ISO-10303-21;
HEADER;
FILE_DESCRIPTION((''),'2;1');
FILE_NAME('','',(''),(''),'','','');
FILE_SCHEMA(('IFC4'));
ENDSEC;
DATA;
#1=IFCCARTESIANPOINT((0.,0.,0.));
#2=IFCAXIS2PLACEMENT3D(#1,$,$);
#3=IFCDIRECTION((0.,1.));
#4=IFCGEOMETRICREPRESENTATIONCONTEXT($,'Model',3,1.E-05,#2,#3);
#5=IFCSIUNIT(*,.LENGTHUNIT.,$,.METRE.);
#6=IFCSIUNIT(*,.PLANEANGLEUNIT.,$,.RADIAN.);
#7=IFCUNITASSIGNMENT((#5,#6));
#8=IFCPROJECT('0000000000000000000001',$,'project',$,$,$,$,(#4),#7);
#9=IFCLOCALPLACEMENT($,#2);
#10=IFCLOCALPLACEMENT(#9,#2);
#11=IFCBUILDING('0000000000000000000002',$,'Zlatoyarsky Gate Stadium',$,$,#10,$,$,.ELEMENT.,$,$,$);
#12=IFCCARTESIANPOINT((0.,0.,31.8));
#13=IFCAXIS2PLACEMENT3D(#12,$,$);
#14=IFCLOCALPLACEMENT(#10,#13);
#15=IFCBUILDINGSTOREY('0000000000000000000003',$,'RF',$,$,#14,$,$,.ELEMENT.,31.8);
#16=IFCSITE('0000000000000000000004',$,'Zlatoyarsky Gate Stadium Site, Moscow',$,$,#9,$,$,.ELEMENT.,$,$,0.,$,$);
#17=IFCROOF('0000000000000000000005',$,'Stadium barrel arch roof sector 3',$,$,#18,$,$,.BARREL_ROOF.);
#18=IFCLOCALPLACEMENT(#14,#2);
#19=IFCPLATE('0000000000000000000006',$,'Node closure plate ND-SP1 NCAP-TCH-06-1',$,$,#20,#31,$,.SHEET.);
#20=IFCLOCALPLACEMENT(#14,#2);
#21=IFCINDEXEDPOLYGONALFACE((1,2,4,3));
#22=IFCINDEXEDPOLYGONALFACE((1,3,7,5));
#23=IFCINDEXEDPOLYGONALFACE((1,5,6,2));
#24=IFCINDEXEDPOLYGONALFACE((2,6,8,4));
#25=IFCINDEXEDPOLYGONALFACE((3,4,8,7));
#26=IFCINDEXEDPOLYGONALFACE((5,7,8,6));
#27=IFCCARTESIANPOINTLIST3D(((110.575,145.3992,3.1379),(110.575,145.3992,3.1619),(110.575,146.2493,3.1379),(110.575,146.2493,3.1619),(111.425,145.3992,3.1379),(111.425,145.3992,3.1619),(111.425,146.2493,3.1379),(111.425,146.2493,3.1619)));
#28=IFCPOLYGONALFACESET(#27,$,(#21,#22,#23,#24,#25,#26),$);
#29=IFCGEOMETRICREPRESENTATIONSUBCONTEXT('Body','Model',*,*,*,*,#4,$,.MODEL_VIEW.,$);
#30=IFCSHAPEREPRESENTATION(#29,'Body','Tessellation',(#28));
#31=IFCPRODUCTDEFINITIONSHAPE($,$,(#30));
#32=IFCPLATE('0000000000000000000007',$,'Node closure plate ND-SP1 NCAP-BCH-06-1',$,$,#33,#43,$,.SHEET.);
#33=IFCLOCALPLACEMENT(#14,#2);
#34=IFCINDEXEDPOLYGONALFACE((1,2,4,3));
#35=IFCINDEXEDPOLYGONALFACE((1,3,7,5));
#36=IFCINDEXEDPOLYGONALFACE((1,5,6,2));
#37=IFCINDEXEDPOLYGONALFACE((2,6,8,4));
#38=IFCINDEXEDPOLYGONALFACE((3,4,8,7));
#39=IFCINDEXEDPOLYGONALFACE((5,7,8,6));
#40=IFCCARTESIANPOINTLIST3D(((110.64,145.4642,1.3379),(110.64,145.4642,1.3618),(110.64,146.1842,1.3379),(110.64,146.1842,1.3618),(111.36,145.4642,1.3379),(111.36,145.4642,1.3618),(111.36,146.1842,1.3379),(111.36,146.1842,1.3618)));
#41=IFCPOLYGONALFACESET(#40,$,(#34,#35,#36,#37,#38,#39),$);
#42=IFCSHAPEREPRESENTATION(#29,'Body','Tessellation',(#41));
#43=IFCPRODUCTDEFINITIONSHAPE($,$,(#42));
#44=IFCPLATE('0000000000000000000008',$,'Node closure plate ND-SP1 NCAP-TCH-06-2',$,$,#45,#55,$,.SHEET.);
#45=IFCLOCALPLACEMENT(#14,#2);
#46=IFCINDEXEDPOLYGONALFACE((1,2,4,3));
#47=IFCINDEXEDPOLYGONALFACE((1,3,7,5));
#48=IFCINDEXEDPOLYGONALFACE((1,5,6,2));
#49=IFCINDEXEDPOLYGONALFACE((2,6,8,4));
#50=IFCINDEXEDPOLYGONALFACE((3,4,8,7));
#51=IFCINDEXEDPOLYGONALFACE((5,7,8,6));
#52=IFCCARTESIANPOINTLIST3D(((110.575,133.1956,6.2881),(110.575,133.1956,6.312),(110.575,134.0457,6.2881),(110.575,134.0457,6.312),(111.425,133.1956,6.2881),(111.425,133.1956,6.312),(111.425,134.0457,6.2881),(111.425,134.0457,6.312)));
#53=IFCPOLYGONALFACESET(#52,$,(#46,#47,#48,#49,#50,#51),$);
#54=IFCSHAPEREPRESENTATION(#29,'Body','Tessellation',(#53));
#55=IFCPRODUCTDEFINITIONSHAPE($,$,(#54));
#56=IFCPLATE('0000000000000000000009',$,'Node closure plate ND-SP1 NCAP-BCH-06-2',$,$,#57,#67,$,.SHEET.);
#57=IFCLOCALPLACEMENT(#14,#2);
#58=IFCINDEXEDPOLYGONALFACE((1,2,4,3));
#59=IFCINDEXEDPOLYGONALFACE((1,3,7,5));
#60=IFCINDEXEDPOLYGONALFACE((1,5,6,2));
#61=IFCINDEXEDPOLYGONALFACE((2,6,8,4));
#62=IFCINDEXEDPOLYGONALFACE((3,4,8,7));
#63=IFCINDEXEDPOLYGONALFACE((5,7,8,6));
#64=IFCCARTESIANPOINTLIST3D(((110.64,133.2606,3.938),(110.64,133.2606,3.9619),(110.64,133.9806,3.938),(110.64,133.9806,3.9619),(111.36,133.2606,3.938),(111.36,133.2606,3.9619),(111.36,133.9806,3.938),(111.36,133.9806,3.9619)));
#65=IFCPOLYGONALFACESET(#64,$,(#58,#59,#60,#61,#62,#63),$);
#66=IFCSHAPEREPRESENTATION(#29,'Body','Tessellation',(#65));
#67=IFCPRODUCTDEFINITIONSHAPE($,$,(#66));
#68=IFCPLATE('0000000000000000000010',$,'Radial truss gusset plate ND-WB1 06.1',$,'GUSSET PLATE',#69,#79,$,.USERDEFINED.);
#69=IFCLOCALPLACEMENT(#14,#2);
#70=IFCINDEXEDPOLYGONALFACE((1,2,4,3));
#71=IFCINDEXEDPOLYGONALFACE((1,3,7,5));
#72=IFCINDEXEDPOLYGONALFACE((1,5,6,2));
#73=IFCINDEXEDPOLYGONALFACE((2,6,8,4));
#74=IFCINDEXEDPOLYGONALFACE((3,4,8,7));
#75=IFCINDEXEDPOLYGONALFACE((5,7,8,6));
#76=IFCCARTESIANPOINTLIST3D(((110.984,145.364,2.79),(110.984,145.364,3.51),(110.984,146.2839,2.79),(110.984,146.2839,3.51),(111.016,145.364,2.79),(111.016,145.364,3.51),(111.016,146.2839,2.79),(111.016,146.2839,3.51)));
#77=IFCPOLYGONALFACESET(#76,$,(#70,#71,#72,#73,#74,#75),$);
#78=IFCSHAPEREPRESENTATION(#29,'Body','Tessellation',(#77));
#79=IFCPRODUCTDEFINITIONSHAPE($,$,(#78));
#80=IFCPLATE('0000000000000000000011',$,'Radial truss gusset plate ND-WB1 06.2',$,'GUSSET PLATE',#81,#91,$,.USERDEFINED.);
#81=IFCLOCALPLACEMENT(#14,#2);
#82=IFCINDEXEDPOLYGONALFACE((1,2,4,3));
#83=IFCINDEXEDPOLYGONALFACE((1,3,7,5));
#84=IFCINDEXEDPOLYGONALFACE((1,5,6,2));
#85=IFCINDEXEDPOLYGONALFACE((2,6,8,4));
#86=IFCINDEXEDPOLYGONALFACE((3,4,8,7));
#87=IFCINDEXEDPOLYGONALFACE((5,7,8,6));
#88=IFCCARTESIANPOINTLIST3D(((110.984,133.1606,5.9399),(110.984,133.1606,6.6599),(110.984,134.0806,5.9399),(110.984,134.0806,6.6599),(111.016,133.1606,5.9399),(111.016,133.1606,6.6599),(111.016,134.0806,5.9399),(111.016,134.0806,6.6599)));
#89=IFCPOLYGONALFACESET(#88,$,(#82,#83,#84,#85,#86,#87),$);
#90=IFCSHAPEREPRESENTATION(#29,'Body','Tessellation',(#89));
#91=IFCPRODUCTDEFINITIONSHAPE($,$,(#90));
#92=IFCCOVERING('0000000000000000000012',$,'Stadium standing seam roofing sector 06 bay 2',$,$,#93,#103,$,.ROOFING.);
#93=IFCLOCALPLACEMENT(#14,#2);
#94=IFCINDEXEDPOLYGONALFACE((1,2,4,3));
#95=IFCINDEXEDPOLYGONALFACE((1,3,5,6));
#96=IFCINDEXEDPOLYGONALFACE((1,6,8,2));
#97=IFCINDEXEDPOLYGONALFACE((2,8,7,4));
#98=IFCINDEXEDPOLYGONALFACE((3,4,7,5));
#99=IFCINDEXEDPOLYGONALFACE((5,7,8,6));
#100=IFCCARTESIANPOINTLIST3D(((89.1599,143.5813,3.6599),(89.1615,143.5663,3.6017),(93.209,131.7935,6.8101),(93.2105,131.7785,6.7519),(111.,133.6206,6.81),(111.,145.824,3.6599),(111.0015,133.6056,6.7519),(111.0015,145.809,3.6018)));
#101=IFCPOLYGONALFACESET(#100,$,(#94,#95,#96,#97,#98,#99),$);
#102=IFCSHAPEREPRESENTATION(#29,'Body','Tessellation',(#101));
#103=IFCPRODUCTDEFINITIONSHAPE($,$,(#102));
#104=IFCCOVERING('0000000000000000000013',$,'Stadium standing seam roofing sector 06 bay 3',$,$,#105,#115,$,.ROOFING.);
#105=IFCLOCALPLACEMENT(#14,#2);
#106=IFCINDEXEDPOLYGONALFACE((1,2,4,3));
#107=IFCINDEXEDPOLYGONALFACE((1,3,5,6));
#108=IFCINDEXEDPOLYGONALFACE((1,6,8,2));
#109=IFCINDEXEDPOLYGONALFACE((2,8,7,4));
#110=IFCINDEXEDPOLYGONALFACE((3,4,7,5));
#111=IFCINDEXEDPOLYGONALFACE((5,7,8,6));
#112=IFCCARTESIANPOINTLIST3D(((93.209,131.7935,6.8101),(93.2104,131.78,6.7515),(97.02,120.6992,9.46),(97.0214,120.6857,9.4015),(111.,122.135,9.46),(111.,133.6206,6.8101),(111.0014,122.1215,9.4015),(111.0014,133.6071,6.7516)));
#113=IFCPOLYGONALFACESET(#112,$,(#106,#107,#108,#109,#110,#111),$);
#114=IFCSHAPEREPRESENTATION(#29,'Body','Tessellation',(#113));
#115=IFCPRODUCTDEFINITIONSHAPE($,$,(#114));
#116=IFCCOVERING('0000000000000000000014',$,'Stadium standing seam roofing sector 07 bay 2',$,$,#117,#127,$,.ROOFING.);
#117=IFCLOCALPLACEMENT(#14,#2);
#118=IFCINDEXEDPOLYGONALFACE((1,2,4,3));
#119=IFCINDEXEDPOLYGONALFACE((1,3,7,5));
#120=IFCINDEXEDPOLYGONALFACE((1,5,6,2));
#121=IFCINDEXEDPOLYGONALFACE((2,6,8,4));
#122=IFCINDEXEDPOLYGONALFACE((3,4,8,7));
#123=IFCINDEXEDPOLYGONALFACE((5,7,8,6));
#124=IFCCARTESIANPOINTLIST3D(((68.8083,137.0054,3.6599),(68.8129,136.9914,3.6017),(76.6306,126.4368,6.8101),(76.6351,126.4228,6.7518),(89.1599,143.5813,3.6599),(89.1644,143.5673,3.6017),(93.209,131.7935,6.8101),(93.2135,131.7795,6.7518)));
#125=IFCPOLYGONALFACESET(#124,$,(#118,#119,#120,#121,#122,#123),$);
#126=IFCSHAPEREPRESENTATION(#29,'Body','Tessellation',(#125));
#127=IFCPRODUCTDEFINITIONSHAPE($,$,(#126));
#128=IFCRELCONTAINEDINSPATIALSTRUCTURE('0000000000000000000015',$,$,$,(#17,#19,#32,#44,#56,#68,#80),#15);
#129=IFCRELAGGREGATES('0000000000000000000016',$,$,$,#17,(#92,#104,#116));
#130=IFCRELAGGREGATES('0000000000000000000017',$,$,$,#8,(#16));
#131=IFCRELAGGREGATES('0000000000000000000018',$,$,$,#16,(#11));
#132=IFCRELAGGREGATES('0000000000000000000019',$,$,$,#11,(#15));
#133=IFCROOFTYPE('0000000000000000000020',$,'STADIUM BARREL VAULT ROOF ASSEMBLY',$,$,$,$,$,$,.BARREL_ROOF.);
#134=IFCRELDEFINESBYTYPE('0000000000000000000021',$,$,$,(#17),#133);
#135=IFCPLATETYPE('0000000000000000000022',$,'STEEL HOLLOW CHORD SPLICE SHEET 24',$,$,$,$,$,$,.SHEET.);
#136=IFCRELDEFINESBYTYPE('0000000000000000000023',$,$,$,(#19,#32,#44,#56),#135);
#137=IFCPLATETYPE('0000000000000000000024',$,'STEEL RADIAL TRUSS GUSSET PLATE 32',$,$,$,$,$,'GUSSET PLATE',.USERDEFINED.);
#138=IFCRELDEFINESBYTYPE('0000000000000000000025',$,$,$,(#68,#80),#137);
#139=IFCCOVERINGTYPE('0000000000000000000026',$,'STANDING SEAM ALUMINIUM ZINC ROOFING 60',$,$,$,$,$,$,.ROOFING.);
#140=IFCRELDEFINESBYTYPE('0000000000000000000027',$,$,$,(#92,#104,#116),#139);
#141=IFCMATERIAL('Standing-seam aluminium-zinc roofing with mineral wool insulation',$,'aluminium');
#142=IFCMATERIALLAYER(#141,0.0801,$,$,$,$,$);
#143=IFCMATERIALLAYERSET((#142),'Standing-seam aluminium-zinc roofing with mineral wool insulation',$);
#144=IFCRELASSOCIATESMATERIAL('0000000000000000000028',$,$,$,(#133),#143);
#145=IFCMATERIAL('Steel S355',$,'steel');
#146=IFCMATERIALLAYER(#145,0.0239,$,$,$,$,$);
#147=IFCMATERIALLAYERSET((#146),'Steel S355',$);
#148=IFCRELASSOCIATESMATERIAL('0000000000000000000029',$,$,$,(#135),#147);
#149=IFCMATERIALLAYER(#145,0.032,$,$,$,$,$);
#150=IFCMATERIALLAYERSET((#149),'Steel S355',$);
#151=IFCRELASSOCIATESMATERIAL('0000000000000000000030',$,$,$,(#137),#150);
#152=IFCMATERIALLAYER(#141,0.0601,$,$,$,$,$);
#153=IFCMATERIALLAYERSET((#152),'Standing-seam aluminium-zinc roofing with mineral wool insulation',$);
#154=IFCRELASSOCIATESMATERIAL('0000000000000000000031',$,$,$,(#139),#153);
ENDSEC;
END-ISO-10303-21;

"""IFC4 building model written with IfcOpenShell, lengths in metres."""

from ifc_helpers import new_model, si_unit, direction, frame, origin, origin_2d, place, context, subcontext, project, spatial, polyline, rectangle, outline, extrude, material, layer, layer_set, type_object, element, aggregate, save


model = new_model("IFC4")

# Units and contexts
model_context = context("Model", 3, precision=1e-05, world=origin(), true_north=direction((0.0, 1.0)))
body_context = subcontext(model_context, "Body", "Model", "MODEL_VIEW")
ifc_project = project(units=[si_unit("LENGTHUNIT", "METRE"), si_unit("PLANEANGLEUNIT", "RADIAN")], contexts=[model_context])

# Site, building, storey
site_placement = place(None, origin())
site = spatial("IfcSite", under=ifc_project, at=site_placement, Name="Zlatoyarsky Gate Stadium Site, Moscow", CompositionType="ELEMENT", RefElevation=0.0)
building_placement = place(site_placement, origin())
building = spatial("IfcBuilding", under=site, at=building_placement, Name="Zlatoyarsky Gate Stadium", CompositionType="ELEMENT")
storey_placement = place(building_placement, frame((0.0, 0.0, 31.8)))
storey = spatial("IfcBuildingStorey", under=building, at=storey_placement, Name="RF", CompositionType="ELEMENT", Elevation=31.8)

# Shared definitions
ifc_material_1 = material(Name="Steel S355", Category="steel")

# Roof
ifc_material_2 = material(Name="Standing-seam aluminium-zinc roofing with mineral wool insulation", Category="aluminium")
ifc_layer_1 = layer(ifc_material_2, 0.0801)
ifc_layer_set_1 = layer_set([ifc_layer_1], Name="Standing-seam aluminium-zinc roofing with mineral wool insulation")
roof_type = type_object("IfcRoofType", Name="STADIUM BARREL VAULT ROOF ASSEMBLY", PredefinedType="BARREL_ROOF", material=ifc_layer_set_1)
roof_placement = place(storey_placement, origin())
roof = element("IfcRoof", 1, at=roof_placement, inside=storey, type_object=roof_type, Name="Stadium barrel arch roof sector 3", PredefinedType="BARREL_ROOF")

# Plates
ifc_layer_2 = layer(ifc_material_1, 0.0239)
ifc_layer_set_2 = layer_set([ifc_layer_2], Name="Steel S355")
plate_type_1 = type_object("IfcPlateType", Name="STEEL HOLLOW CHORD SPLICE SHEET 24", PredefinedType="SHEET", material=ifc_layer_set_2)
plate_1_placement = place(storey_placement, frame((111.0, 145.8242, 3.1379), z_axis=(0.0, 0.0, 1.0), x_axis=(1.0, 0.0, 0.0)))
element("IfcPlate", 2, at=plate_1_placement, inside=storey, type_object=plate_type_1, Name="Node closure plate ND-SP1 NCAP-TCH-06-1", PredefinedType="SHEET", context=body_context, shape_type="SweptSolid", body=[
    extrude(rectangle(XDim=0.8501, YDim=0.8501, at=origin_2d()), origin(), (0.0, 0.0, 1.0), 0.0239),
])
plate_2_placement = place(storey_placement, frame((111.0, 145.8242, 1.3379), z_axis=(0.0, 0.0, 1.0), x_axis=(1.0, 0.0, 0.0)))
element("IfcPlate", 3, at=plate_2_placement, inside=storey, type_object=plate_type_1, Name="Node closure plate ND-SP1 NCAP-BCH-06-1", PredefinedType="SHEET", context=body_context, shape_type="SweptSolid", body=[
    extrude(rectangle(XDim=0.72, YDim=0.72, at=origin_2d()), origin(), (0.0, 0.0, 1.0), 0.0239),
])
plate_3_placement = place(storey_placement, frame((111.0, 133.6206, 6.2881), z_axis=(0.0, 0.0, 1.0), x_axis=(1.0, 0.0, 0.0)))
element("IfcPlate", 4, at=plate_3_placement, inside=storey, type_object=plate_type_1, Name="Node closure plate ND-SP1 NCAP-TCH-06-2", PredefinedType="SHEET", context=body_context, shape_type="SweptSolid", body=[
    extrude(rectangle(XDim=0.8501, YDim=0.8501, at=origin_2d()), origin(), (0.0, 0.0, 1.0), 0.0239),
])
plate_4_placement = place(storey_placement, frame((111.0, 133.6206, 3.938), z_axis=(0.0, 0.0, 1.0), x_axis=(1.0, 0.0, 0.0)))
element("IfcPlate", 5, at=plate_4_placement, inside=storey, type_object=plate_type_1, Name="Node closure plate ND-SP1 NCAP-BCH-06-2", PredefinedType="SHEET", context=body_context, shape_type="SweptSolid", body=[
    extrude(rectangle(XDim=0.72, YDim=0.72, at=origin_2d()), origin(), (0.0, 0.0, 1.0), 0.0239),
])
ifc_layer_3 = layer(ifc_material_1, 0.032)
ifc_layer_set_3 = layer_set([ifc_layer_3], Name="Steel S355")
plate_type_2 = type_object("IfcPlateType", Name="STEEL RADIAL TRUSS GUSSET PLATE 32", ElementType="GUSSET PLATE", PredefinedType="USERDEFINED", material=ifc_layer_set_3)
for number, where, z_axis, x_axis, name in (
    (6, (111.0, 145.824, 2.79), (0.0, 0.0, 1.0), (0.0, -1.0, 0.0), "Radial truss gusset plate ND-WB1 06.1"),
    (7, (111.0, 133.6206, 5.9399), (0.0, 0.0, 1.0), (0.0, -1.0, 0.0), "Radial truss gusset plate ND-WB1 06.2"),
):
    element("IfcPlate", number, at=place(storey_placement, frame(where, z_axis=z_axis, x_axis=x_axis)), inside=storey, type_object=plate_type_2, Name=name, ObjectType="GUSSET PLATE", PredefinedType="USERDEFINED", context=body_context, shape_type="SweptSolid", body=[
        extrude(rectangle(XDim=0.9199, YDim=0.032, at=origin_2d()), origin(), (0.0, 0.0, 1.0), 0.72),
    ])

# Coverings
ifc_layer_4 = layer(ifc_material_2, 0.0601)
ifc_layer_set_4 = layer_set([ifc_layer_4], Name="Standing-seam aluminium-zinc roofing with mineral wool insulation")
covering_type = type_object("IfcCoveringType", Name="STANDING SEAM ALUMINIUM ZINC ROOFING 60", PredefinedType="ROOFING", material=ifc_layer_set_4)
covering_1_placement = place(storey_placement, frame((111.0, 145.824, 3.6599), z_axis=(-0.025659, 0.249859, 0.967942), x_axis=(-0.994769, -0.102149, -0.000002)))
covering_1 = element("IfcCovering", 8, at=covering_1_placement, type_object=covering_type, Name="Stadium standing seam roofing sector 06 bay 2", PredefinedType="ROOFING", context=body_context, shape_type="SweptSolid", body=[
    extrude(outline(polyline([(0.0, 0.0), (21.9549, 0.0), (19.1312, 12.5418), (1.2466, 12.5416), (0.0, 0.0)])), origin(), (0.0, 0.0, -1.0), 0.0601),
])
covering_2_placement = place(storey_placement, frame((111.0, 133.6206, 6.8101), z_axis=(-0.023082, 0.224749, 0.974143), x_axis=(-0.994768, -0.102163, 0.0)))
covering_2 = element("IfcCovering", 9, at=covering_2_placement, type_object=covering_type, Name="Stadium standing seam roofing sector 06 bay 3", PredefinedType="ROOFING", context=body_context, shape_type="SweptSolid", body=[
    extrude(outline(polyline([(0.0, 0.0), (17.8846, 0.0), (15.2269, 11.7288), (1.1734, 11.7288), (0.0, 0.0)])), origin(), (0.0, 0.0, -1.0), 0.0601),
])
covering_3_placement = place(storey_placement, frame((89.1599, 143.5813, 3.6599), z_axis=(-0.075352, 0.233205, 0.969504), x_axis=(-0.95156, -0.307465, 0.0)))
covering_3 = element("IfcCovering", 10, at=covering_3_placement, type_object=covering_type, Name="Stadium standing seam roofing sector 07 bay 2", PredefinedType="ROOFING", context=body_context, shape_type="SweptSolid", body=[
    extrude(outline(polyline([(0.0, 0.0), (21.3876, 0.0), (17.1937, 12.8537), (-0.2286, 12.8538), (0.0, 0.0)])), origin(), (0.0, 0.0, -1.0), 0.0601),
])
aggregate(roof, [covering_1, covering_2, covering_3])

save(model, "model.ifc")
